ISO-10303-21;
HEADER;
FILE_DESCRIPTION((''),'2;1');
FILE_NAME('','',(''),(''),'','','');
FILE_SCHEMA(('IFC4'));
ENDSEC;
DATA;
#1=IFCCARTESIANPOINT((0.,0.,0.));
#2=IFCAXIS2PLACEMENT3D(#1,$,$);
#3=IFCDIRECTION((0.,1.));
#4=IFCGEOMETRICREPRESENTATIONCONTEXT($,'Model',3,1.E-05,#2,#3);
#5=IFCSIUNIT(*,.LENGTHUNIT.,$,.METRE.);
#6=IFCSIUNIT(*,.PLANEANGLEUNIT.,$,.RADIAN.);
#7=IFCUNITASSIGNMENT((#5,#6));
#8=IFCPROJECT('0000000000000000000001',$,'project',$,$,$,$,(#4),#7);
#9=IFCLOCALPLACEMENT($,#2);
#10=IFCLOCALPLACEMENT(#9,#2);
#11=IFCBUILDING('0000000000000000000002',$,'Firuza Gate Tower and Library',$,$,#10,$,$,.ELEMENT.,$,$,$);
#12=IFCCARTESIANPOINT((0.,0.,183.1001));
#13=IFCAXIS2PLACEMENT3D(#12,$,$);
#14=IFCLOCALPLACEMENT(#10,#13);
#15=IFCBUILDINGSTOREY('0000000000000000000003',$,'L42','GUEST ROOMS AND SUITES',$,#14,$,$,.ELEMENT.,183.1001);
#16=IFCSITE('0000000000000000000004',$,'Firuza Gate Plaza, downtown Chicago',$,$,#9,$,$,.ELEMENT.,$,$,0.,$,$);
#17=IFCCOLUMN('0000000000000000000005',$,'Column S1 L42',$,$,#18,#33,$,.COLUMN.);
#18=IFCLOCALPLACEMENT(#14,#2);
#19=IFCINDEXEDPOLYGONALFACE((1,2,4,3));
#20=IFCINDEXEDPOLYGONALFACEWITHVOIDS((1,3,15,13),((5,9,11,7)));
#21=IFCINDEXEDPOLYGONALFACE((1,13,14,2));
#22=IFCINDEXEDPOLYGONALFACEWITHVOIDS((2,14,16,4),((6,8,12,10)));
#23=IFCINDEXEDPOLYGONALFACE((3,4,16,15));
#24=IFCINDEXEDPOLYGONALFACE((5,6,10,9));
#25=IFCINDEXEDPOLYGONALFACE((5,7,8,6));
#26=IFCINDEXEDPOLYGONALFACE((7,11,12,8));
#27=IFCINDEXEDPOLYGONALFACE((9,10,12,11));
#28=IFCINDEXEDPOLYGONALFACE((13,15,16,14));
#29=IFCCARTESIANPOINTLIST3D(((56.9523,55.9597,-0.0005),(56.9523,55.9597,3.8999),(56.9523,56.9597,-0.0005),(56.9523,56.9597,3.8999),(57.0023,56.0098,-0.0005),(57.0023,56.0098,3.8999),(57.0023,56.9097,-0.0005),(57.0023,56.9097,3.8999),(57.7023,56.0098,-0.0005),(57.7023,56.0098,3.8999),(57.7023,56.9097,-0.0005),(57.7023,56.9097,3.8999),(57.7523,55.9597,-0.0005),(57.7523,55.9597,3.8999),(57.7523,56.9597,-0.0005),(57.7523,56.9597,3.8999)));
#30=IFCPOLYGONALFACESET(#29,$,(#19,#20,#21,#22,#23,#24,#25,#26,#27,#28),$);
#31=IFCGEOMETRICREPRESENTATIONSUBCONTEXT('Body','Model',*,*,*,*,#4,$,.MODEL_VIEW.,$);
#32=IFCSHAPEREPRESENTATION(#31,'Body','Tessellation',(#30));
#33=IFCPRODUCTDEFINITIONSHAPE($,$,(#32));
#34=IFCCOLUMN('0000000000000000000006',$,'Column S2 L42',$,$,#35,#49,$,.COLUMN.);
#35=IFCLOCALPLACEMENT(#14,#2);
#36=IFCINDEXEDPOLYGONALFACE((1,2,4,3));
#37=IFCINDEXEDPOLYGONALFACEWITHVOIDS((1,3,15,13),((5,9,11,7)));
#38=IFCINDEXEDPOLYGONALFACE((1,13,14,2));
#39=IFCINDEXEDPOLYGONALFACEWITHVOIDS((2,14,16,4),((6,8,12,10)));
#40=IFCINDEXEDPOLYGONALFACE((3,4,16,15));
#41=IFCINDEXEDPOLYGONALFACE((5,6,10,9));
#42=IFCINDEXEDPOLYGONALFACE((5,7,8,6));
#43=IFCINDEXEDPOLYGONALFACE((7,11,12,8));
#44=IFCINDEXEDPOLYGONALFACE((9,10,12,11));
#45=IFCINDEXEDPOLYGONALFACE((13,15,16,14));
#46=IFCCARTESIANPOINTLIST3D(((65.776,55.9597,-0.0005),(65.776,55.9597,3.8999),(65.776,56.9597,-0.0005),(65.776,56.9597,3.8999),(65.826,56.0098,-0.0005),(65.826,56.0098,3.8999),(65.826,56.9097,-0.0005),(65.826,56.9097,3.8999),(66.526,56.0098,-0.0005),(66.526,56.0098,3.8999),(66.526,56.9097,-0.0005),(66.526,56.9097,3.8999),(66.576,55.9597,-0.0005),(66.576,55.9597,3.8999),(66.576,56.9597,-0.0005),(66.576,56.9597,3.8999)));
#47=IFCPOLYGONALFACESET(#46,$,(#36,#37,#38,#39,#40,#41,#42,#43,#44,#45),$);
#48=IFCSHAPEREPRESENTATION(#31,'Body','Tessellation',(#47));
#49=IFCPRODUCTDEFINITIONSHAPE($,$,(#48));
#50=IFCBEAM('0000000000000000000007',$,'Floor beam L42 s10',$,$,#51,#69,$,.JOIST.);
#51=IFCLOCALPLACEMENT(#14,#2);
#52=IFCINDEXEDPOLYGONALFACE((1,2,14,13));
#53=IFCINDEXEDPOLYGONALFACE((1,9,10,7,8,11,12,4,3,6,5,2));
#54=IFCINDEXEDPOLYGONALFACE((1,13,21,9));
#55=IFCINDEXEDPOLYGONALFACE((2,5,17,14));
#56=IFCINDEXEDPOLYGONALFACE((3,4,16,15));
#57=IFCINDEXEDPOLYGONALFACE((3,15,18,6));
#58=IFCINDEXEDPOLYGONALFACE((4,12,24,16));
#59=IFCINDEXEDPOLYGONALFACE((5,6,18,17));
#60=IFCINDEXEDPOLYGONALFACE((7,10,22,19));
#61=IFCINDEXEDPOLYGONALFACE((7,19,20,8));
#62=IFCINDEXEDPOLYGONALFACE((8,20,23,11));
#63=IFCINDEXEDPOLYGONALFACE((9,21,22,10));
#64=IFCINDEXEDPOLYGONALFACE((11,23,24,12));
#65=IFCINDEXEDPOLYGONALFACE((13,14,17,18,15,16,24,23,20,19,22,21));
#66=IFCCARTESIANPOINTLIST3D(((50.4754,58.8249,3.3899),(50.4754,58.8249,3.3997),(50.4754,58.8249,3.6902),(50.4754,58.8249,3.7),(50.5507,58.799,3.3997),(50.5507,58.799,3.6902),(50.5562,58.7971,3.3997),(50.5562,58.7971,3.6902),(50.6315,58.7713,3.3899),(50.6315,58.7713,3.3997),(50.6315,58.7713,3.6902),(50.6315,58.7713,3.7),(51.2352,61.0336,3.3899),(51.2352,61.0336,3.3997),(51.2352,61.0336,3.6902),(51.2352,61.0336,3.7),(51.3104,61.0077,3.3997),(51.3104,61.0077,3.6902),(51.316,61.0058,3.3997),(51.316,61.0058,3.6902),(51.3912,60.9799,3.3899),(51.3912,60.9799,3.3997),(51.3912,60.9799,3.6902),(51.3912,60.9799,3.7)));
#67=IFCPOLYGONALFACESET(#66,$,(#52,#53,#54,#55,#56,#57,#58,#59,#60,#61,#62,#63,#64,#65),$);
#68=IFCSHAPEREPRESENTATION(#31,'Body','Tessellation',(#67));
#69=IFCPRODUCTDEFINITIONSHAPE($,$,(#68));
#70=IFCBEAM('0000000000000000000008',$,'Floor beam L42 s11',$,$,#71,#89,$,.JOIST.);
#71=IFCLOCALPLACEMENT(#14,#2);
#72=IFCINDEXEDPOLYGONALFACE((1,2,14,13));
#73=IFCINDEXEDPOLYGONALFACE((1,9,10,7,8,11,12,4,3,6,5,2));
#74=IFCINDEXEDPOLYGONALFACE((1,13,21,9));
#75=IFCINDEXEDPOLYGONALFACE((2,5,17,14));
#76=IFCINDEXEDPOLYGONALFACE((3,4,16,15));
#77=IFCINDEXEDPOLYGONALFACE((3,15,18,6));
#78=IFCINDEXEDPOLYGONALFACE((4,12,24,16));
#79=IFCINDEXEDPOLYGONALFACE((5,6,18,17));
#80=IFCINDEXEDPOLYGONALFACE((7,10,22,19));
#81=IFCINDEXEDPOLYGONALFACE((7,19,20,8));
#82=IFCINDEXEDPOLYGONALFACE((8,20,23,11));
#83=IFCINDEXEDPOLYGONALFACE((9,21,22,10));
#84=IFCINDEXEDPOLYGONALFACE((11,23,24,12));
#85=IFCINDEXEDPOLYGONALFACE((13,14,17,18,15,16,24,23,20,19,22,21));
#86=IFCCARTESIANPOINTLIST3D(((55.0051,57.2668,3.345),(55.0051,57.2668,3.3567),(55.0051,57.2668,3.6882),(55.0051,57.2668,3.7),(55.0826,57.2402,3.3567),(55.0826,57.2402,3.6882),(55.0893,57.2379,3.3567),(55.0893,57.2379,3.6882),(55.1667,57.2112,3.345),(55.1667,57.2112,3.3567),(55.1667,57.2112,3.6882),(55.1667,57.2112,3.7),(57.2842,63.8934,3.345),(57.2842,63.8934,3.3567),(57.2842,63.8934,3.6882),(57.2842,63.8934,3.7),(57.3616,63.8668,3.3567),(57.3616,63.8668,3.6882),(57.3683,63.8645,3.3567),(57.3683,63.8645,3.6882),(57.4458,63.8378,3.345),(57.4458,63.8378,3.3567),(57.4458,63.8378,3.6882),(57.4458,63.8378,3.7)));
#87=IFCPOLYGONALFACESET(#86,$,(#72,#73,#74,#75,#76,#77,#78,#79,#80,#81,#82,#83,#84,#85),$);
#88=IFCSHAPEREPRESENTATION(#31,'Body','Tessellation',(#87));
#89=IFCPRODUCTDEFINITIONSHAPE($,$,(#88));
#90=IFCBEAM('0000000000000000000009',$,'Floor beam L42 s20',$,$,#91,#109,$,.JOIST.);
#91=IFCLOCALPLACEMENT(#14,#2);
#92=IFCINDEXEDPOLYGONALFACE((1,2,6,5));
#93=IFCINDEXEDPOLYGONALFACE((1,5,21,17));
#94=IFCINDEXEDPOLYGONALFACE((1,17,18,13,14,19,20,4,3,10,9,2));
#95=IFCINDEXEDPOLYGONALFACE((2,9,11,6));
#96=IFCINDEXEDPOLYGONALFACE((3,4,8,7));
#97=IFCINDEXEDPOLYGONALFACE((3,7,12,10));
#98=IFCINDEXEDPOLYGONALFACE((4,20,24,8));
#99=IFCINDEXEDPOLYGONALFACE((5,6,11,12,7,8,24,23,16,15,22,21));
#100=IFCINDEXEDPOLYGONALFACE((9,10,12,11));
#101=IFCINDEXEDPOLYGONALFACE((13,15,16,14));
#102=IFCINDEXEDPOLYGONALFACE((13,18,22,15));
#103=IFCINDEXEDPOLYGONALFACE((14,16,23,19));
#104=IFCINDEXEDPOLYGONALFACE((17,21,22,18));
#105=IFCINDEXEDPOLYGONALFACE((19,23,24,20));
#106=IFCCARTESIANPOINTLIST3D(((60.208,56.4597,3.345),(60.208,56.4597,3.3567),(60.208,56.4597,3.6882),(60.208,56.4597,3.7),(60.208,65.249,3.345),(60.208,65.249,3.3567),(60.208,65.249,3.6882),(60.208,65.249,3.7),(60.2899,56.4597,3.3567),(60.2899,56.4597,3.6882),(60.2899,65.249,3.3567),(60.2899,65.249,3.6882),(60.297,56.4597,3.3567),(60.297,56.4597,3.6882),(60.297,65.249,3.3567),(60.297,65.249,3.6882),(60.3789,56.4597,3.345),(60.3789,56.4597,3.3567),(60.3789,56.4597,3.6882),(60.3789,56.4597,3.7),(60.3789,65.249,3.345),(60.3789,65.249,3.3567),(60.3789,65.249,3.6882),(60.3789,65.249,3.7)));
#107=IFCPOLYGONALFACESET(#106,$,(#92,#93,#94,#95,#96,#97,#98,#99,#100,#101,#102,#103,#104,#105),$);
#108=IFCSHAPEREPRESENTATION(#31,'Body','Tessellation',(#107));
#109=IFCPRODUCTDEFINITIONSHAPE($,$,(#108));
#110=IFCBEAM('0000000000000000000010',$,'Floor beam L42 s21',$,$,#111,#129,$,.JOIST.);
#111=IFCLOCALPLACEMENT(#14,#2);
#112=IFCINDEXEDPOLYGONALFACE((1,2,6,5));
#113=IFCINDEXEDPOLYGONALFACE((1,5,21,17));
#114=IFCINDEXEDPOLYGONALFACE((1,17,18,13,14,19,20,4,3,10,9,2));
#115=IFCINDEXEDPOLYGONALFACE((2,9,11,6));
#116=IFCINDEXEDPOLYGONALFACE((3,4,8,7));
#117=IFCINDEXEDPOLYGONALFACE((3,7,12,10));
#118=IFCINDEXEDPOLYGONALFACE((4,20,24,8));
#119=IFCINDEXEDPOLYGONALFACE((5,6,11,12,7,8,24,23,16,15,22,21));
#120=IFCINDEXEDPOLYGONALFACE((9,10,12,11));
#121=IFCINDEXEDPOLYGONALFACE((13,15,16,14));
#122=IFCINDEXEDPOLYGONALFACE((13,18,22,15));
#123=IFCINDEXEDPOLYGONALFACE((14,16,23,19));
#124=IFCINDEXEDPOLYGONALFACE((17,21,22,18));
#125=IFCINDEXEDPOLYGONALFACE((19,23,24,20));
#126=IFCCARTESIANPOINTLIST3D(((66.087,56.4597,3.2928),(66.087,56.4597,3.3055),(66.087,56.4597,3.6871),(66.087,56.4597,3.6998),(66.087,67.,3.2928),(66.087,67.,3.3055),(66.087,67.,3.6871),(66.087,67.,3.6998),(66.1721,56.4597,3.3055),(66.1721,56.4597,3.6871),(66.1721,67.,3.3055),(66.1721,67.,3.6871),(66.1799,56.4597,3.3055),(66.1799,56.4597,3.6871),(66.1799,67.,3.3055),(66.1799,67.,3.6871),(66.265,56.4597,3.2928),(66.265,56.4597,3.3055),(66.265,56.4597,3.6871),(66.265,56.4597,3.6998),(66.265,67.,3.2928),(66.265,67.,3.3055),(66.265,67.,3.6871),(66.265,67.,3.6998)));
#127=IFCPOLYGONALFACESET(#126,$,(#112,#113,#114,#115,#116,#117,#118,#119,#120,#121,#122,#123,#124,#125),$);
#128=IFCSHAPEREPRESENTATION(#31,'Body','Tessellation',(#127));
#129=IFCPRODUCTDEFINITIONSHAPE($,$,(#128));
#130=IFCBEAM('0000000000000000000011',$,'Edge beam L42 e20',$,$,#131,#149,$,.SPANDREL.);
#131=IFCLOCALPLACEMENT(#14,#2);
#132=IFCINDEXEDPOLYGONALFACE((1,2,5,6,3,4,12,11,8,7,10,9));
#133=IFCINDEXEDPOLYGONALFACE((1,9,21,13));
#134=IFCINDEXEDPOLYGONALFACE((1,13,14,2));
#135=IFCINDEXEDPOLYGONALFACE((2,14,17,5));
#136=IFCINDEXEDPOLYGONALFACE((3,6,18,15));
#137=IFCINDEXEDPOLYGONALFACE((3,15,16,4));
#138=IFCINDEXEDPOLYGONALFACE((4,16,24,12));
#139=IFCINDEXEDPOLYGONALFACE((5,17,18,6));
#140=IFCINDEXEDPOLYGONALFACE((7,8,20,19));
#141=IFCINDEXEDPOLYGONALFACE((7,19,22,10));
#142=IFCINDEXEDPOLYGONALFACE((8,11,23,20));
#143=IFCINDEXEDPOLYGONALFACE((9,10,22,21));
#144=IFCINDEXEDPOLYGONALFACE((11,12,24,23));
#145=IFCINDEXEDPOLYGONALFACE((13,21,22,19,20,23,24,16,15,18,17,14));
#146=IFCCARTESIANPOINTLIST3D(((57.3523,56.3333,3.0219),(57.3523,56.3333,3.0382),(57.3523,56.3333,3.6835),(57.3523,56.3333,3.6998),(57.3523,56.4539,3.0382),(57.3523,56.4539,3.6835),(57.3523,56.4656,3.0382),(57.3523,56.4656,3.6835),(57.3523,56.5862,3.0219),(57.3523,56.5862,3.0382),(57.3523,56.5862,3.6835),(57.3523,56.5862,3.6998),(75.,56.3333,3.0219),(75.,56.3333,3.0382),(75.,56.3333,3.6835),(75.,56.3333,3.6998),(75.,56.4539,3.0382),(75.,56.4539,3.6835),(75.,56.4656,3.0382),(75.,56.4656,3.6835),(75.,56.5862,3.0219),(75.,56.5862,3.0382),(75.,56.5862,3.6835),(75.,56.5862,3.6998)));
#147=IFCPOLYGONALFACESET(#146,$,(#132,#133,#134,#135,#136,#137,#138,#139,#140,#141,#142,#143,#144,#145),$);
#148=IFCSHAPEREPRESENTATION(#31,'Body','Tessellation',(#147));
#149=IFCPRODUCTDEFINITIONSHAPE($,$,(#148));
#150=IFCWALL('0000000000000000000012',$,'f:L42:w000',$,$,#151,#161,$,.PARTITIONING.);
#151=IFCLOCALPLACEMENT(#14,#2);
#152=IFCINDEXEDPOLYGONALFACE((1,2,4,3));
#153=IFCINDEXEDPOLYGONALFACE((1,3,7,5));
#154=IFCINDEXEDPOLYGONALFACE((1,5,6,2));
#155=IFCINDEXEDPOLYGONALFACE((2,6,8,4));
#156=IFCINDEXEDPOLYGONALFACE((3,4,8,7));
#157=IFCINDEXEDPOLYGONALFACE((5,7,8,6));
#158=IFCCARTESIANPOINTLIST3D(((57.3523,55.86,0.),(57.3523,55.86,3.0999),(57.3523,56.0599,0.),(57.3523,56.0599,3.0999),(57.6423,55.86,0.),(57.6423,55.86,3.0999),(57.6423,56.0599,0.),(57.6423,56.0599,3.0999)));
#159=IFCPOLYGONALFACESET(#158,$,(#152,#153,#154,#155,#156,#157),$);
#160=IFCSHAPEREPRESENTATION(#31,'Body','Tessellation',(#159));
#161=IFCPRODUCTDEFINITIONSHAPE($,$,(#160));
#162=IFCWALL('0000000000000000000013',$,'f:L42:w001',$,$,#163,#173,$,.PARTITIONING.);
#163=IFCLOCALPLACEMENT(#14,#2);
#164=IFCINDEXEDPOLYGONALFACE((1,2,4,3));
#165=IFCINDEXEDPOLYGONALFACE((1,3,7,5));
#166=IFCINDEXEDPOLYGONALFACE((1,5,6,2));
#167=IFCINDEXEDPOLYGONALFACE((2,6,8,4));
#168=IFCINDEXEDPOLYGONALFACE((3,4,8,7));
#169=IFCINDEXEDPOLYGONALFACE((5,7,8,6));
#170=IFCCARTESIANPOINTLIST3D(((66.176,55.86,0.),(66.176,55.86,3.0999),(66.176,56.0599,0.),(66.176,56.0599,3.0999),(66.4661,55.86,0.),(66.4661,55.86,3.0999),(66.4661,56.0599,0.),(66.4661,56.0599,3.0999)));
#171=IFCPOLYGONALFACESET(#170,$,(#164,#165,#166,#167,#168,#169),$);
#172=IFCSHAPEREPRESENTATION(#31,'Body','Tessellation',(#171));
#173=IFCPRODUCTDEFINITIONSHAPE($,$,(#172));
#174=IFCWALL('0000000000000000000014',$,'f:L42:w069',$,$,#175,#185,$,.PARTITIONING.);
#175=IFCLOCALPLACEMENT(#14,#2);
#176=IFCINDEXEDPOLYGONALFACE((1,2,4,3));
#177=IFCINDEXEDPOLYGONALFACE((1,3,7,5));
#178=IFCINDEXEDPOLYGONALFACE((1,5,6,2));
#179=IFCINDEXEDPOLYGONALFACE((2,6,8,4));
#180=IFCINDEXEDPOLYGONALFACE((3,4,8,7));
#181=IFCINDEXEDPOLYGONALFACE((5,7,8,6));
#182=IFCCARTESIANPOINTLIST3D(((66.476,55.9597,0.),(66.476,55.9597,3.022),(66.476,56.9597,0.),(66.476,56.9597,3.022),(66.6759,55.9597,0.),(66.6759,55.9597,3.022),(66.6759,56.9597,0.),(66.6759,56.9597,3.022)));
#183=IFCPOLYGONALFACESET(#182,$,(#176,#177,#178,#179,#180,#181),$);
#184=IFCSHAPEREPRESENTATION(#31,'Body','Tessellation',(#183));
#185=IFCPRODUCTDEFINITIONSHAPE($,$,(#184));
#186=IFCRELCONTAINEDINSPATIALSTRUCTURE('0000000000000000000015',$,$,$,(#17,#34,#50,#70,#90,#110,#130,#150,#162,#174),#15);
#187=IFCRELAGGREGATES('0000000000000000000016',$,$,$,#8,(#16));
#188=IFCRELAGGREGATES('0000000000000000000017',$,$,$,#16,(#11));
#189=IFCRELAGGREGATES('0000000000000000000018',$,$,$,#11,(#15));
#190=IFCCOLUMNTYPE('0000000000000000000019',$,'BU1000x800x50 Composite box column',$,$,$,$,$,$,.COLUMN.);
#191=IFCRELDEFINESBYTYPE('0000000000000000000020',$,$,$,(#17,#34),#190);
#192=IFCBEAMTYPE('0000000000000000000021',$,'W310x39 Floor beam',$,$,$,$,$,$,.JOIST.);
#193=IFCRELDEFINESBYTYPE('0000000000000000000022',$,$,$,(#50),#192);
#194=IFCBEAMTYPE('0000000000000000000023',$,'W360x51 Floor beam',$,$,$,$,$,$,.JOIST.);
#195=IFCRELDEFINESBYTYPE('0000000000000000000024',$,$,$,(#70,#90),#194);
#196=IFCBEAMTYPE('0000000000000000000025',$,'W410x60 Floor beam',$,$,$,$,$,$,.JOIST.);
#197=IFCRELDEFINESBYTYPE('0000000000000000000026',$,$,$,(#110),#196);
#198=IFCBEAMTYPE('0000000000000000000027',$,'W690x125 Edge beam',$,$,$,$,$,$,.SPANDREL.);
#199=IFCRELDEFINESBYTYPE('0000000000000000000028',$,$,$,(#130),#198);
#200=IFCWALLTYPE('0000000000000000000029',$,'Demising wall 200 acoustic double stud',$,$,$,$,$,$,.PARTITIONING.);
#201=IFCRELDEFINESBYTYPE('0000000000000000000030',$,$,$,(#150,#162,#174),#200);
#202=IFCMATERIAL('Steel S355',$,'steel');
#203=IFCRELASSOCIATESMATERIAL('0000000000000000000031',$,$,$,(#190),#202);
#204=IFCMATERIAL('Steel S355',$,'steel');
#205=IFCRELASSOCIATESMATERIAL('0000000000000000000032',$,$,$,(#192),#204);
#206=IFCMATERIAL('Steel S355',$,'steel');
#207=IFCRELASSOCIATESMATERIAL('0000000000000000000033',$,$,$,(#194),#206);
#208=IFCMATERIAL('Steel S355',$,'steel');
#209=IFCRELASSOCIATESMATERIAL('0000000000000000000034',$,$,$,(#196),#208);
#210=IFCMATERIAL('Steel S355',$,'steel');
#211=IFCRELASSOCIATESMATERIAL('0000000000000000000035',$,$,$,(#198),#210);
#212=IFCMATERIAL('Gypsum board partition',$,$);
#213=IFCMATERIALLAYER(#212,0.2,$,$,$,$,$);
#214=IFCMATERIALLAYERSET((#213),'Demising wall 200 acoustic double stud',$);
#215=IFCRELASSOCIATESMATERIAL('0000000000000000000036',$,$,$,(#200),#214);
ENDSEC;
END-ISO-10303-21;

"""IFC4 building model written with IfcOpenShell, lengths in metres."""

from ifc_helpers import new_model, si_unit, direction, frame, frame_2d, origin, origin_2d, place, context, subcontext, project, spatial, rectangle, hollow_rectangle, i_section, extrude, material, layer, layer_set, material_profile, profile_set, type_object, element, save


model = new_model("IFC4")

# Units and contexts
model_context = context("Model", 3, precision=1e-05, world=origin(), true_north=direction((0.0, 1.0)))
body_context = subcontext(model_context, "Body", "Model", "MODEL_VIEW")
ifc_project = project(units=[si_unit("LENGTHUNIT", "METRE"), si_unit("PLANEANGLEUNIT", "RADIAN")], contexts=[model_context])

# Site, building, storey
site_placement = place(None, origin())
site = spatial("IfcSite", under=ifc_project, at=site_placement, Name="Firuza Gate Plaza, downtown Chicago", CompositionType="ELEMENT", RefElevation=0.0)
building_placement = place(site_placement, origin())
building = spatial("IfcBuilding", under=site, at=building_placement, Name="Firuza Gate Tower and Library", CompositionType="ELEMENT")
storey_placement = place(building_placement, frame((0.0, 0.0, 183.1001)))
storey = spatial("IfcBuildingStorey", under=building, at=storey_placement, Name="L42", Description="GUEST ROOMS AND SUITES", CompositionType="ELEMENT", Elevation=183.1001)

# Columns
ifc_material_1 = material(Name="Steel S355", Category="steel")
ifc_material_profile_1 = material_profile(ifc_material_1, hollow_rectangle(XDim=0.8, YDim=1.0, WallThickness=0.05, at=origin_2d()))
ifc_profile_set_1 = profile_set([ifc_material_profile_1], Name="Steel S355")
column_type = type_object("IfcColumnType", Name="BU1000x800x50 Composite box column", PredefinedType="COLUMN", material=ifc_profile_set_1)
for number, where, z_axis, x_axis, name in (
    (1, (57.3523, 56.4597, -0.0005), (0.0, 0.0, 1.0), (1.0, 0.0, 0.0), "Column S1 L42"),
    (2, (66.176, 56.4597, -0.0005), (0.0, 0.0, 1.0), (1.0, 0.0, 0.0), "Column S2 L42"),
):
    element("IfcColumn", number, at=place(storey_placement, frame(where, z_axis=z_axis, x_axis=x_axis)), inside=storey, type_object=column_type, Name=name, PredefinedType="COLUMN", context=body_context, shape_type="SweptSolid", body=[
        extrude(hollow_rectangle(XDim=0.8, YDim=1.0, WallThickness=0.05, at=origin_2d()), origin(), (0.0, 0.0, 1.0), 3.9004),
    ])

# Beams
ifc_material_2 = material(Name="Steel S355", Category="steel")
ifc_material_profile_2 = material_profile(ifc_material_2, i_section(OverallWidth=0.165, OverallDepth=0.3101, WebThickness=0.0059, FlangeThickness=0.0098, at=origin_2d()))
ifc_profile_set_2 = profile_set([ifc_material_profile_2], Name="Steel S355")
beam_type_1 = type_object("IfcBeamType", Name="W310x39 Floor beam", PredefinedType="JOIST", material=ifc_profile_set_2)
beam_1_placement = place(storey_placement, frame((50.5535, 58.7981, 3.5449), z_axis=(0.325275, 0.945619, 0.0), x_axis=(-0.945619, 0.325275, 0.0)))
element("IfcBeam", 3, at=beam_1_placement, inside=storey, type_object=beam_type_1, Name="Floor beam L42 s10", PredefinedType="JOIST", context=body_context, shape_type="SweptSolid", body=[
    extrude(i_section(OverallWidth=0.165, OverallDepth=0.3101, WebThickness=0.0059, FlangeThickness=0.0098, at=origin_2d()), origin(), (0.0, 0.0, 1.0), 2.3357),
])
ifc_material_3 = material(Name="Steel S355", Category="steel")
ifc_material_profile_3 = material_profile(ifc_material_3, i_section(OverallWidth=0.1709, OverallDepth=0.355, WebThickness=0.0071, FlangeThickness=0.0117, at=origin_2d()))
ifc_profile_set_3 = profile_set([ifc_material_profile_3], Name="Steel S355")
beam_type_2 = type_object("IfcBeamType", Name="W360x51 Floor beam", PredefinedType="JOIST", material=ifc_profile_set_3)
beam_2_placement = place(storey_placement, frame((55.0859, 57.239, 3.5225), z_axis=(0.325223, 0.945637, 0.0), x_axis=(-0.945637, 0.325223, 0.0)))
element("IfcBeam", 4, at=beam_2_placement, inside=storey, type_object=beam_type_2, Name="Floor beam L42 s11", PredefinedType="JOIST", context=body_context, shape_type="SweptSolid", body=[
    extrude(i_section(OverallWidth=0.1709, OverallDepth=0.355, WebThickness=0.0071, FlangeThickness=0.0117, at=origin_2d()), origin(), (0.0, 0.0, 1.0), 7.0076),
])
beam_3_placement = place(storey_placement, frame((60.2935, 56.4597, 3.5225), z_axis=(0.0, 1.0, 0.0), x_axis=(-1.0, 0.0, 0.0)))
element("IfcBeam", 5, at=beam_3_placement, inside=storey, type_object=beam_type_2, Name="Floor beam L42 s20", PredefinedType="JOIST", context=body_context, shape_type="SweptSolid", body=[
    extrude(i_section(OverallWidth=0.1709, OverallDepth=0.355, WebThickness=0.0071, FlangeThickness=0.0117, at=origin_2d()), origin(), (0.0, 0.0, 1.0), 8.7893),
])
ifc_material_4 = material(Name="Steel S355", Category="steel")
ifc_material_profile_4 = material_profile(ifc_material_4, i_section(OverallWidth=0.178, OverallDepth=0.407, WebThickness=0.0078, FlangeThickness=0.0127, at=origin_2d()))
ifc_profile_set_4 = profile_set([ifc_material_profile_4], Name="Steel S355")
beam_type_3 = type_object("IfcBeamType", Name="W410x60 Floor beam", PredefinedType="JOIST", material=ifc_profile_set_4)
beam_4_placement = place(storey_placement, frame((66.176, 56.4597, 3.4963), z_axis=(0.0, 1.0, 0.0), x_axis=(-1.0, 0.0, 0.0)))
element("IfcBeam", 6, at=beam_4_placement, inside=storey, type_object=beam_type_3, Name="Floor beam L42 s21", PredefinedType="JOIST", context=body_context, shape_type="SweptSolid", body=[
    extrude(i_section(OverallWidth=0.178, OverallDepth=0.407, WebThickness=0.0078, FlangeThickness=0.0127, at=origin_2d()), origin(), (0.0, 0.0, 1.0), 10.5403),
])
ifc_material_5 = material(Name="Steel S355", Category="steel")
ifc_material_profile_5 = material_profile(ifc_material_5, i_section(OverallWidth=0.2529, OverallDepth=0.678, WebThickness=0.0117, FlangeThickness=0.0164, at=origin_2d()))
ifc_profile_set_5 = profile_set([ifc_material_profile_5], Name="Steel S355")
beam_type_4 = type_object("IfcBeamType", Name="W690x125 Edge beam", PredefinedType="SPANDREL", material=ifc_profile_set_5)
beam_5_placement = place(storey_placement, frame((57.3523, 56.4597, 3.3608), z_axis=(1.0, 0.0, 0.0), x_axis=(0.0, 1.0, 0.0)))
element("IfcBeam", 7, at=beam_5_placement, inside=storey, type_object=beam_type_4, Name="Edge beam L42 e20", PredefinedType="SPANDREL", context=body_context, shape_type="SweptSolid", body=[
    extrude(i_section(OverallWidth=0.2529, OverallDepth=0.678, WebThickness=0.0117, FlangeThickness=0.0164, at=origin_2d()), origin(), (0.0, 0.0, 1.0), 17.6477),
])

# Walls
ifc_material_6 = material(Name="Gypsum board partition")
ifc_layer_1 = layer(ifc_material_6, 0.2)
ifc_layer_set_1 = layer_set([ifc_layer_1], Name="Demising wall 200 acoustic double stud")
wall_type_1 = type_object("IfcWallType", Name="Demising wall 200 acoustic double stud", PredefinedType="PARTITIONING", material=ifc_layer_set_1)
for number, where, z_axis, x_axis, name in (
    (8, (57.3523, 55.96, 0.0), (0.0, 0.0, 1.0), (1.0, 0.0, 0.0), "f:L42:w000"),
    (9, (66.176, 55.96, 0.0), (0.0, 0.0, 1.0), (1.0, 0.0, 0.0), "f:L42:w001"),
):
    element("IfcWall", number, at=place(storey_placement, frame(where, z_axis=z_axis, x_axis=x_axis)), inside=storey, type_object=wall_type_1, Name=name, PredefinedType="PARTITIONING", context=body_context, shape_type="SweptSolid", body=[
        extrude(rectangle(XDim=0.29, YDim=0.2, at=frame_2d((0.145, 0.0))), origin(), (0.0, 0.0, 1.0), 3.0999),
    ])
wall_1_placement = place(storey_placement, frame((66.5759, 55.9597, 0.0), z_axis=(0.0, 0.0, 1.0), x_axis=(0.0, 1.0, 0.0)))
element("IfcWall", 10, at=wall_1_placement, inside=storey, type_object=wall_type_1, Name="f:L42:w069", PredefinedType="PARTITIONING", context=body_context, shape_type="SweptSolid", body=[
    extrude(rectangle(XDim=1.0, YDim=0.2, at=frame_2d((0.5, 0.0))), origin(), (0.0, 0.0, 1.0), 3.022),
])

save(model, "model.ifc")
